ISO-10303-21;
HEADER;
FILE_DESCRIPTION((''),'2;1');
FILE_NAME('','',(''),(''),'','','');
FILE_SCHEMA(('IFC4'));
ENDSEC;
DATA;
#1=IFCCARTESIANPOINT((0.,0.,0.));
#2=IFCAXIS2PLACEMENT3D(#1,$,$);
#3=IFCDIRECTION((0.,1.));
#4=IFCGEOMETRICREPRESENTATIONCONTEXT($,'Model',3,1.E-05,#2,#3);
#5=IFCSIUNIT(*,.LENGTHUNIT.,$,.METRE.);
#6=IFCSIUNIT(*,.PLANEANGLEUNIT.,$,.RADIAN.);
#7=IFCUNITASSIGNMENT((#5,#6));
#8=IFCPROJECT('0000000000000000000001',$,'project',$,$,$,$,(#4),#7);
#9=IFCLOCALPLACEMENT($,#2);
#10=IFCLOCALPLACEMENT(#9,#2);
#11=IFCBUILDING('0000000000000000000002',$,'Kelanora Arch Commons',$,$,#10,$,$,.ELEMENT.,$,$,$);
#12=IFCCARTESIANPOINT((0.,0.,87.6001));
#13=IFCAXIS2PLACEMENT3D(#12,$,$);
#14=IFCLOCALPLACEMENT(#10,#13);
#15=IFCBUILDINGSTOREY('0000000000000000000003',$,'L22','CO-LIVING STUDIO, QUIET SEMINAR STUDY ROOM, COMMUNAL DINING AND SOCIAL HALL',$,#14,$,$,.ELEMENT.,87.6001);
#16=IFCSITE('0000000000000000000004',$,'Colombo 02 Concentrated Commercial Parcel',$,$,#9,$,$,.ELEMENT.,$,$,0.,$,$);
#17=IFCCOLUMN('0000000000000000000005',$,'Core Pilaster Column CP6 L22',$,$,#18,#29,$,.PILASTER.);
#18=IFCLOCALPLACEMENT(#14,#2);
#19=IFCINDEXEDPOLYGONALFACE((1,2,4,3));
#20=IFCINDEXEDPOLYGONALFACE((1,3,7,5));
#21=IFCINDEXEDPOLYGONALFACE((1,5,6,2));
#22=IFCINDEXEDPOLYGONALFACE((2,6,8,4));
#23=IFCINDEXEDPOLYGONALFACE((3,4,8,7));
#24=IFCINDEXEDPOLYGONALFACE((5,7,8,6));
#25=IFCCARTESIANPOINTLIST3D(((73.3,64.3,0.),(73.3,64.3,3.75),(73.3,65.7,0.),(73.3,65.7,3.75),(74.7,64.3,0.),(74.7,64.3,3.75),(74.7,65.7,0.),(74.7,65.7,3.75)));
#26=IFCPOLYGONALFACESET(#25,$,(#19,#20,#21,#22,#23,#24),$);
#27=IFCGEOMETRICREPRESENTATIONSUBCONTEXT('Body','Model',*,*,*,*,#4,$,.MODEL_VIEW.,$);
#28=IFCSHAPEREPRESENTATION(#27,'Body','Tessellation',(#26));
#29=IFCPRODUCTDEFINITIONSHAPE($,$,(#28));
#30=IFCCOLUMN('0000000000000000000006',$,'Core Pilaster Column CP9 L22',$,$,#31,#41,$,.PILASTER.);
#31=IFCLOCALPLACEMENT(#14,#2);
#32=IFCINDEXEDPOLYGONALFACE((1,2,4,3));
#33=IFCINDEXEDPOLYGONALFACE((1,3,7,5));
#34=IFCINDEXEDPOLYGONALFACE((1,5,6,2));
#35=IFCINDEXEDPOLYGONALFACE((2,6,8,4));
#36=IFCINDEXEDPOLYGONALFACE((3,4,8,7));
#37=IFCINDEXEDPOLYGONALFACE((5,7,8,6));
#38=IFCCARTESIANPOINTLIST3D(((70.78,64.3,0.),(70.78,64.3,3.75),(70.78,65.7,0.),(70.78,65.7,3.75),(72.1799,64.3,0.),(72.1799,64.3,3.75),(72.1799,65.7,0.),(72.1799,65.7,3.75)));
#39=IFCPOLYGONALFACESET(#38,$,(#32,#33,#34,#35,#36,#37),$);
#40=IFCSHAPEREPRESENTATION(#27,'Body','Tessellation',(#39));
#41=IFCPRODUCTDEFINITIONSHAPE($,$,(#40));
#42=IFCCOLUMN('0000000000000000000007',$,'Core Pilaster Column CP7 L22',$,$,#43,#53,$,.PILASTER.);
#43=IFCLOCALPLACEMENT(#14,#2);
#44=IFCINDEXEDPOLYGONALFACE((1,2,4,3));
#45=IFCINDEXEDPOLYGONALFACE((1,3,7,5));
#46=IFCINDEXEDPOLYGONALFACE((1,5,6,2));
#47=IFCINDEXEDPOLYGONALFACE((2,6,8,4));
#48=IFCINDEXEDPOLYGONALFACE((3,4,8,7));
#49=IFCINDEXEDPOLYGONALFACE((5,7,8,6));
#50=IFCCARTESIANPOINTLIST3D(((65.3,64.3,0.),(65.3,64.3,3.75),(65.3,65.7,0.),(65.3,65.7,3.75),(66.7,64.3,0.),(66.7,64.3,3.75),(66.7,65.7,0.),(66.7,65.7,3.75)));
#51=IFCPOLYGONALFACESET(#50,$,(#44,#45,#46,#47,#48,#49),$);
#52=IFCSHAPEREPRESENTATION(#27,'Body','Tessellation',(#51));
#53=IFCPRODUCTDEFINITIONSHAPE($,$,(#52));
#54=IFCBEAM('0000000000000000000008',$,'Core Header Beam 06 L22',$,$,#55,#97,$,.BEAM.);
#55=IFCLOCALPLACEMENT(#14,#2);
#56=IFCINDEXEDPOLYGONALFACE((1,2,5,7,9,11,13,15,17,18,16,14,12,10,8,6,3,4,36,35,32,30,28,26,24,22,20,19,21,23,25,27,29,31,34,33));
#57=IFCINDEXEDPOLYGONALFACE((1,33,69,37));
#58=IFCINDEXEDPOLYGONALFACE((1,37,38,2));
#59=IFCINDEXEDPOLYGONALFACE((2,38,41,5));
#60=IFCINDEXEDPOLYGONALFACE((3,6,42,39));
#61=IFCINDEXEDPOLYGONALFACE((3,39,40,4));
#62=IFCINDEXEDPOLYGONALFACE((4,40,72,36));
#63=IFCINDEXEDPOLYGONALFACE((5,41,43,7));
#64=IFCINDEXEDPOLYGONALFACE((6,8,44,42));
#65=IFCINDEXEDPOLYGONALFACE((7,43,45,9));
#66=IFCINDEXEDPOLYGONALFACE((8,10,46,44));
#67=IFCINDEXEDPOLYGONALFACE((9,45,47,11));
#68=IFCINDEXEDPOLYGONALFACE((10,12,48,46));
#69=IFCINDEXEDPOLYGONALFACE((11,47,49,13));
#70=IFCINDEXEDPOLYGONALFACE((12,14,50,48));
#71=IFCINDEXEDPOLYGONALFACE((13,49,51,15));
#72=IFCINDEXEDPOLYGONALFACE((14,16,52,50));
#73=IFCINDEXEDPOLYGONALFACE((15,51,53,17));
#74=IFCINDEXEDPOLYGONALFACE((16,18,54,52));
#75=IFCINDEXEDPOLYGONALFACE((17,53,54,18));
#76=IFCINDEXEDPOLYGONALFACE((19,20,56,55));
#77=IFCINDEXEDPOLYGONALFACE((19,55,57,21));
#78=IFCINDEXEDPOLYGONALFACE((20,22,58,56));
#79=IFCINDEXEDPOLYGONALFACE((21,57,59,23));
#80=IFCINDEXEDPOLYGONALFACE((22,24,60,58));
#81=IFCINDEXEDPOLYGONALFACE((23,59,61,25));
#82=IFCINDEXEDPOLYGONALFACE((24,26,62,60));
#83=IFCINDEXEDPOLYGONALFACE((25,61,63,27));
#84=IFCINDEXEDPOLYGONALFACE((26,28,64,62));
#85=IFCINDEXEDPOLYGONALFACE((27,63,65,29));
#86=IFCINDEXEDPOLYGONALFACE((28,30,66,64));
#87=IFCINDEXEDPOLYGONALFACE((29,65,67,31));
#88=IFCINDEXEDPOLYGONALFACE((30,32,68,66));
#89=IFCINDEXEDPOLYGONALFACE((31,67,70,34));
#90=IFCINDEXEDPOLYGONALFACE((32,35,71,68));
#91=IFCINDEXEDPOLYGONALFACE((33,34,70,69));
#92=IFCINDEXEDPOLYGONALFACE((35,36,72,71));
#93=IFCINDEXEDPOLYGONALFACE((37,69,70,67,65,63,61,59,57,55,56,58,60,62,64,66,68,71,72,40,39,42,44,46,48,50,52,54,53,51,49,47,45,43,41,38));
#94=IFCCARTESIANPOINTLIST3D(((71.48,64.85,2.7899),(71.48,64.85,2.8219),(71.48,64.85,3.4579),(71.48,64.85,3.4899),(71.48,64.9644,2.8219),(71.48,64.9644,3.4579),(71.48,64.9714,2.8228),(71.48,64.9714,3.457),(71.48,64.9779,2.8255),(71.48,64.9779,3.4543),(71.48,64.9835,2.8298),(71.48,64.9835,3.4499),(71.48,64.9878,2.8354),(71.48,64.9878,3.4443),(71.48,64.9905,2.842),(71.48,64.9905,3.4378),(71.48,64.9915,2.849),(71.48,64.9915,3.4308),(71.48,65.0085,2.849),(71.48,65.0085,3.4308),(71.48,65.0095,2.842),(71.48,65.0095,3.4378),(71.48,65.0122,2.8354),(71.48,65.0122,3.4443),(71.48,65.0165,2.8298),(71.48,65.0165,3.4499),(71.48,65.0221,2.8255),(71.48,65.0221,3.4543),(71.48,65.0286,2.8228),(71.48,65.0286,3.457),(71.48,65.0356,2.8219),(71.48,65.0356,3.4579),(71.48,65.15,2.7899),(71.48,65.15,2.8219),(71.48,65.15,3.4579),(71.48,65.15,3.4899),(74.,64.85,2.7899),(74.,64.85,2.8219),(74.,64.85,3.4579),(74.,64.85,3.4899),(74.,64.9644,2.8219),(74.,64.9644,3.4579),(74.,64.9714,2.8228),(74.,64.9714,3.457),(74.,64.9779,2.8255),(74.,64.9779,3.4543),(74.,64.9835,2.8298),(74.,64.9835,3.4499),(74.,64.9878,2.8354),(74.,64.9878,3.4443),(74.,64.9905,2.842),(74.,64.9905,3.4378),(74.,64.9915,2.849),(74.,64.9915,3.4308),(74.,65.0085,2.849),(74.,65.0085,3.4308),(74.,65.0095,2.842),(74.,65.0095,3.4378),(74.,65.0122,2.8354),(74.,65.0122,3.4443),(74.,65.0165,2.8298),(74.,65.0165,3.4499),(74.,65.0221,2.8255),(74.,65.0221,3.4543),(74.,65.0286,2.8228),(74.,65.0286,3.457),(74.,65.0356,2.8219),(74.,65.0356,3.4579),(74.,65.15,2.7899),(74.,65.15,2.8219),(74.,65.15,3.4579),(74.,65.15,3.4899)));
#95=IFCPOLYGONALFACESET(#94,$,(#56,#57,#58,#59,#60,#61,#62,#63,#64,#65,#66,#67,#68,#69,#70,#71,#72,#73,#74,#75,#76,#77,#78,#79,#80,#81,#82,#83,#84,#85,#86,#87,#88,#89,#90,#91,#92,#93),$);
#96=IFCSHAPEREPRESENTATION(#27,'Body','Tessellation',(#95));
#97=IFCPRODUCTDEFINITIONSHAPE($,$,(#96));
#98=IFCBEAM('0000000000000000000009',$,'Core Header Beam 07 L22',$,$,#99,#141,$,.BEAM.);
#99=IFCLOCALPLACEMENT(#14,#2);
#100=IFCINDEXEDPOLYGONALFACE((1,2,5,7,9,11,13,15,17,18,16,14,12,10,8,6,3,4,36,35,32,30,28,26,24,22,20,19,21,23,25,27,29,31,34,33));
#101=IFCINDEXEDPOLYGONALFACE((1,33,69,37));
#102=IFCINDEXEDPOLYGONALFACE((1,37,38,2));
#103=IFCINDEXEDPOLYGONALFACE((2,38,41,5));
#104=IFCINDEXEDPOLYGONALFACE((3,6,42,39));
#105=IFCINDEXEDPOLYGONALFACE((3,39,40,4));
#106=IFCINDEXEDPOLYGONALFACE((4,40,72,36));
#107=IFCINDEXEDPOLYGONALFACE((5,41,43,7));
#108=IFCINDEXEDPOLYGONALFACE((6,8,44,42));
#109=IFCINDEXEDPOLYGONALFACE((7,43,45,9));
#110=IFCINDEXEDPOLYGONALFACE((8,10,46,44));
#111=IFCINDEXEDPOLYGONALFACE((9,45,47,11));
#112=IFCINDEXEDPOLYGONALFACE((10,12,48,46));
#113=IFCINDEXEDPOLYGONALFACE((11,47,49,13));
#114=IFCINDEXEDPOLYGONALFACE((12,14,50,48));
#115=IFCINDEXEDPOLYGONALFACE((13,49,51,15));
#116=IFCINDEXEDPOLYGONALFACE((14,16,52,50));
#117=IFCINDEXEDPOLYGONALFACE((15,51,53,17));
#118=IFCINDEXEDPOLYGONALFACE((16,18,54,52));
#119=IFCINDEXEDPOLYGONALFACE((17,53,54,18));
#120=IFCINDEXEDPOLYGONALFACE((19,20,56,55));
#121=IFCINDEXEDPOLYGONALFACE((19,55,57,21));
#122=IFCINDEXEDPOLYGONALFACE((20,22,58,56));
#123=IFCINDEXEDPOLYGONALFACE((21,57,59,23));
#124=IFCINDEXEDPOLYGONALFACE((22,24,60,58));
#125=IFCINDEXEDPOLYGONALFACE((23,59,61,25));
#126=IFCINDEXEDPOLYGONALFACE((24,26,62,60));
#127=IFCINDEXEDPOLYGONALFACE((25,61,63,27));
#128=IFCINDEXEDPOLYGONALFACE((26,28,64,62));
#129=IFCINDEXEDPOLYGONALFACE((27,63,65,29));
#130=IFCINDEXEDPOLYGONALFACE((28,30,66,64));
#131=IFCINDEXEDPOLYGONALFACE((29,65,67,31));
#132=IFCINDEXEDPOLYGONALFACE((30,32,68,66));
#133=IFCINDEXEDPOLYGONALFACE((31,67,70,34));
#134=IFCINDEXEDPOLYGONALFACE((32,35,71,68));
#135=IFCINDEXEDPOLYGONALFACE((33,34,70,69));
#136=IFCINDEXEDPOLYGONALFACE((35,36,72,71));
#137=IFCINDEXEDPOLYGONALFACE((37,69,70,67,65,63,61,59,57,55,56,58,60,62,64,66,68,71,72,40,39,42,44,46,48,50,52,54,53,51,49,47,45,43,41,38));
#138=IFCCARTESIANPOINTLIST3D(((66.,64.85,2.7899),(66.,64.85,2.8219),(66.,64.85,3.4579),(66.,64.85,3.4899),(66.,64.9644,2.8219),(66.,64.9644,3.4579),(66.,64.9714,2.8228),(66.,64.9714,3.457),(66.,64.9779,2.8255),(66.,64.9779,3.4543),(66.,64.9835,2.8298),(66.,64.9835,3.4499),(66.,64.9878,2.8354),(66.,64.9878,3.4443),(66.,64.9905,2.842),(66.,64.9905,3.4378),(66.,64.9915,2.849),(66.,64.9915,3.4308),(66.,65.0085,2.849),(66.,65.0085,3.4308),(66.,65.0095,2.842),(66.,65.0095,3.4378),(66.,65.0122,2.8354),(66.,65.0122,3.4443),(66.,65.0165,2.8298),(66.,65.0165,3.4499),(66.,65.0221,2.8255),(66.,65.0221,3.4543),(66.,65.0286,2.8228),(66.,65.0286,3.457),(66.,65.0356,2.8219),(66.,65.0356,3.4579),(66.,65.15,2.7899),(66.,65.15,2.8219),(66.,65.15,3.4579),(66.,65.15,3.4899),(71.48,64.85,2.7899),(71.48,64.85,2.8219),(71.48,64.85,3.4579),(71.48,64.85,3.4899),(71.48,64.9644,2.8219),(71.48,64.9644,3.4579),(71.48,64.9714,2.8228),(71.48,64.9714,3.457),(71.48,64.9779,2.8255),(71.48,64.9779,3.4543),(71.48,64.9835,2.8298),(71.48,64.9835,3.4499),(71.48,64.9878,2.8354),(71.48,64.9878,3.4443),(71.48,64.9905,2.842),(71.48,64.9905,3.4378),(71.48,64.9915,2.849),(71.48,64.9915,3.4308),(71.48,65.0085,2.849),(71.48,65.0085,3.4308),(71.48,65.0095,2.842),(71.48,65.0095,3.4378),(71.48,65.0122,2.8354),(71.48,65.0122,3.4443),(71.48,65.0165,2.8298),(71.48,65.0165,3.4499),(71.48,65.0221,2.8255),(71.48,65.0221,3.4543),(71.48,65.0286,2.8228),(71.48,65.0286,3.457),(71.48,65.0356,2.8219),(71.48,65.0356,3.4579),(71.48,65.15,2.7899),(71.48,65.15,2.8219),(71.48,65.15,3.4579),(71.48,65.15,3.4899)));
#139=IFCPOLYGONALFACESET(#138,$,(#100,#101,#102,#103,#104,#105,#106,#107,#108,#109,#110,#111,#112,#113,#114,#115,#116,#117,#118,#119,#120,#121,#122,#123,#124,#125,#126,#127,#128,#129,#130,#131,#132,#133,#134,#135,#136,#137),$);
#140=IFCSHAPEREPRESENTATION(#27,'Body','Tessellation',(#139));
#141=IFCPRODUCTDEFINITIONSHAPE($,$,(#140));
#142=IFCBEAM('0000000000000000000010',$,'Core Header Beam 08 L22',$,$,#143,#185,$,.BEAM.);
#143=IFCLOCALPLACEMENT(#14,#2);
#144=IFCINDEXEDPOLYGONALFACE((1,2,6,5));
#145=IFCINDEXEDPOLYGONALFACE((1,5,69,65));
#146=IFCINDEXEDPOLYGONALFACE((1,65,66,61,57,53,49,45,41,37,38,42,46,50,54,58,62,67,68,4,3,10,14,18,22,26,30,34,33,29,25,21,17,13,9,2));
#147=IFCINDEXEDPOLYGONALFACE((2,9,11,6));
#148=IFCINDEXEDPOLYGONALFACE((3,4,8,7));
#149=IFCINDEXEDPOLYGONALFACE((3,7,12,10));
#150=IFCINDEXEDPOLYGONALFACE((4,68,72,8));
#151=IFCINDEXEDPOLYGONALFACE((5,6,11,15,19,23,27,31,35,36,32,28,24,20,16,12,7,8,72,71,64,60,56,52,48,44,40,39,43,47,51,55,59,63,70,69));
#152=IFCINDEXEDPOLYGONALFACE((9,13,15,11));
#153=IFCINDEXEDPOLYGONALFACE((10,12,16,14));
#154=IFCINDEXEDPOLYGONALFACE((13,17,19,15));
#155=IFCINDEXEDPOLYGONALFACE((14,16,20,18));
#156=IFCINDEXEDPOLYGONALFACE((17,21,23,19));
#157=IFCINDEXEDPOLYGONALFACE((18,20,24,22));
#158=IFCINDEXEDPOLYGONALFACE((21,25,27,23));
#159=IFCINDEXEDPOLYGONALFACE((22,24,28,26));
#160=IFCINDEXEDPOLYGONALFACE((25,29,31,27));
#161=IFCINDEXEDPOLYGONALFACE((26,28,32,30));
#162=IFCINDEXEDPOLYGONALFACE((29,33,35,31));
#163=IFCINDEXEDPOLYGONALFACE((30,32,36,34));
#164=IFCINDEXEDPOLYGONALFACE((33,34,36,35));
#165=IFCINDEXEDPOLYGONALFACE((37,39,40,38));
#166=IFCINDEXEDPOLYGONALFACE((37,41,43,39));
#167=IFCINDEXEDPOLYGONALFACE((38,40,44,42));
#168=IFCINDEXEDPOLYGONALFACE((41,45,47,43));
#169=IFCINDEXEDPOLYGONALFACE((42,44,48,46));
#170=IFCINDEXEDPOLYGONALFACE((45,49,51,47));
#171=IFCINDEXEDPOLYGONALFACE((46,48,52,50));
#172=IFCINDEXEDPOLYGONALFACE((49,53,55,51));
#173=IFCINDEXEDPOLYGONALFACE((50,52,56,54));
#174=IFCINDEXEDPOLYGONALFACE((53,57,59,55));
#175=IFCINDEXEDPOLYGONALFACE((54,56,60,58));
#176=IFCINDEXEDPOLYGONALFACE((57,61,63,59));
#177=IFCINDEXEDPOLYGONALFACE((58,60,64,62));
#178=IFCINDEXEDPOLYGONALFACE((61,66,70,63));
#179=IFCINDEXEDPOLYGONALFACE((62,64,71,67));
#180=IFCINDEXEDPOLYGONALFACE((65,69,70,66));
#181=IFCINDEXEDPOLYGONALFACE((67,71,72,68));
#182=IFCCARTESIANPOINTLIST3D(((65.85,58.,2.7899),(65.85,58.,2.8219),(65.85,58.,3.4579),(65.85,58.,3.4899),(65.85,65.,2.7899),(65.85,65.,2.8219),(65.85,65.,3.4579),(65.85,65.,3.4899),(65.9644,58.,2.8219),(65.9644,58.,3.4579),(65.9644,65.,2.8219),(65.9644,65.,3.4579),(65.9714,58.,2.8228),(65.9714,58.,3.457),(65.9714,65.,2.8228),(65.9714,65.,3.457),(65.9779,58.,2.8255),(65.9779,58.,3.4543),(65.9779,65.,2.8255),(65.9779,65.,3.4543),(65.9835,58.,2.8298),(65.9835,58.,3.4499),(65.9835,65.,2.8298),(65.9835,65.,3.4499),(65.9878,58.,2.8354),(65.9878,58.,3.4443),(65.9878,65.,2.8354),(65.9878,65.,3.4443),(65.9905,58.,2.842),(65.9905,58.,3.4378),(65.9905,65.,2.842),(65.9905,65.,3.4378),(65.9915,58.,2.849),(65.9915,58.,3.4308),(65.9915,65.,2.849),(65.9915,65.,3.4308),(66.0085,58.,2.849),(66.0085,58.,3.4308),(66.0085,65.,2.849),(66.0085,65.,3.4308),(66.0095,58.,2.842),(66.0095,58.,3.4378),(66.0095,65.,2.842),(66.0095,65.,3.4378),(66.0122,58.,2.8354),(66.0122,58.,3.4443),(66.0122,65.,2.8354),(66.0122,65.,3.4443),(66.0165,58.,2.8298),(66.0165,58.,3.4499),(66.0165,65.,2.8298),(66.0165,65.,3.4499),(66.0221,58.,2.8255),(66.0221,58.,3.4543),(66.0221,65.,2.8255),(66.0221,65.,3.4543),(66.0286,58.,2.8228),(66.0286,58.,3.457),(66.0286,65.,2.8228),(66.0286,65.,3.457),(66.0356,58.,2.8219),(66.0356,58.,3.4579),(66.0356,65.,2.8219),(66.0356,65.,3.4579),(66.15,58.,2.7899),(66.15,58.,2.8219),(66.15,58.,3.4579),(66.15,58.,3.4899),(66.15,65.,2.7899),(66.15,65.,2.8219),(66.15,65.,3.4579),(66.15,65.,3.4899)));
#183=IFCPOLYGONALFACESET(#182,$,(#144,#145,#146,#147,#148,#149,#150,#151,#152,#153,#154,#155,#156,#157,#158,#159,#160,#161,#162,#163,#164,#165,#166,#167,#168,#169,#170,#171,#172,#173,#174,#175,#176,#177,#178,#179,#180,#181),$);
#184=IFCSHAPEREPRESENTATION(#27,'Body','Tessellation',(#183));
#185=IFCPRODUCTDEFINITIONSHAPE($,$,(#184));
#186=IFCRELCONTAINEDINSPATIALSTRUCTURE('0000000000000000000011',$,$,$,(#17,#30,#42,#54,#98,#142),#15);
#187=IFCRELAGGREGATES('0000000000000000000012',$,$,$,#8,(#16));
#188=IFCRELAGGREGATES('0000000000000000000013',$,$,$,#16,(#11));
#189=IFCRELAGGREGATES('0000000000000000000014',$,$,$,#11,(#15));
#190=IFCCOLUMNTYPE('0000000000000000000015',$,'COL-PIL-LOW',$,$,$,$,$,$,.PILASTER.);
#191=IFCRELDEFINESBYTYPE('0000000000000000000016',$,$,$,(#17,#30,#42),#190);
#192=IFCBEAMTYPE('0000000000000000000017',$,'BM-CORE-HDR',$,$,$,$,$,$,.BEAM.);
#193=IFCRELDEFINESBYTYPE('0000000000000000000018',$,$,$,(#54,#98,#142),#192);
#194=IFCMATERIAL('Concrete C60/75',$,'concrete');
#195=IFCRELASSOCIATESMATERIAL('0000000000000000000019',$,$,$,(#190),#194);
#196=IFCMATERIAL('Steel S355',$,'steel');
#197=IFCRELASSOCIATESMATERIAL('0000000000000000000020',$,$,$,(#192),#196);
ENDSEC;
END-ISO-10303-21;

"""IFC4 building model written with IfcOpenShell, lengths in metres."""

from ifc_helpers import new_model, si_unit, direction, frame, origin, origin_2d, place, context, subcontext, project, spatial, rectangle, i_section, extrude, material, material_profile, profile_set, type_object, element, save


model = new_model("IFC4")

# Units and contexts
model_context = context("Model", 3, precision=1e-05, world=origin(), true_north=direction((0.0, 1.0)))
body_context = subcontext(model_context, "Body", "Model", "MODEL_VIEW")
ifc_project = project(units=[si_unit("LENGTHUNIT", "METRE"), si_unit("PLANEANGLEUNIT", "RADIAN")], contexts=[model_context])

# Site, building, storey
site_placement = place(None, origin())
site = spatial("IfcSite", under=ifc_project, at=site_placement, Name="Colombo 02 Concentrated Commercial Parcel", CompositionType="ELEMENT", RefElevation=0.0)
building_placement = place(site_placement, origin())
building = spatial("IfcBuilding", under=site, at=building_placement, Name="Kelanora Arch Commons", CompositionType="ELEMENT")
storey_placement = place(building_placement, frame((0.0, 0.0, 87.6001)))
storey = spatial("IfcBuildingStorey", under=building, at=storey_placement, Name="L22", Description="CO-LIVING STUDIO, QUIET SEMINAR STUDY ROOM, COMMUNAL DINING AND SOCIAL HALL", CompositionType="ELEMENT", Elevation=87.6001)

# Columns
ifc_material_1 = material(Name="Concrete C60/75", Category="concrete")
ifc_material_profile_1 = material_profile(ifc_material_1, rectangle(XDim=1.3999, YDim=1.3999, at=origin_2d()), Name="RC1400x1400")
ifc_profile_set_1 = profile_set([ifc_material_profile_1], Name="Concrete C60/75")
column_type = type_object("IfcColumnType", Name="COL-PIL-LOW", PredefinedType="PILASTER", material=ifc_profile_set_1)
for number, where, z_axis, x_axis, name in (
    (1, (74.0, 65.0, 0.0), (0.0, 0.0, 1.0), (1.0, 0.0, 0.0), "Core Pilaster Column CP6 L22"),
    (2, (71.48, 65.0, 0.0), (0.0, 0.0, 1.0), (1.0, 0.0, 0.0), "Core Pilaster Column CP9 L22"),
    (3, (66.0, 65.0, 0.0), (0.0, 0.0, 1.0), (1.0, 0.0, 0.0), "Core Pilaster Column CP7 L22"),
):
    element("IfcColumn", number, at=place(storey_placement, frame(where, z_axis=z_axis, x_axis=x_axis)), inside=storey, type_object=column_type, Name=name, PredefinedType="PILASTER", context=body_context, shape_type="SweptSolid", body=[
        extrude(rectangle(XDim=1.3999, YDim=1.3999, at=origin_2d()), origin(), (0.0, 0.0, 1.0), 3.75),
    ])

# Beams
ifc_material_2 = material(Name="Steel S355", Category="steel")
ifc_material_profile_2 = material_profile(ifc_material_2, i_section(OverallWidth=0.3, OverallDepth=0.7, WebThickness=0.0171, FlangeThickness=0.032, FilletRadius=0.0271, at=origin_2d()), Name="HEB700")
ifc_profile_set_2 = profile_set([ifc_material_profile_2], Name="Steel S355")
beam_type_1 = type_object("IfcBeamType", Name="BM-CORE-HDR", PredefinedType="BEAM", material=ifc_profile_set_2)
beam_1_placement = place(storey_placement, frame((74.0, 65.0, 3.1399), z_axis=(-1.0, 0.0, 0.0), x_axis=(0.0, -1.0, 0.0)))
element("IfcBeam", 4, at=beam_1_placement, inside=storey, type_object=beam_type_1, Name="Core Header Beam 06 L22", PredefinedType="BEAM", context=body_context, shape_type="SweptSolid", body=[
    extrude(i_section(OverallWidth=0.3, OverallDepth=0.7, WebThickness=0.0171, FlangeThickness=0.032, FilletRadius=0.0271, at=origin_2d()), origin(), (0.0, 0.0, 1.0), 2.52),
])
beam_2_placement = place(storey_placement, frame((71.48, 65.0, 3.1399), z_axis=(-1.0, 0.0, 0.0), x_axis=(0.0, -1.0, 0.0)))
element("IfcBeam", 5, at=beam_2_placement, inside=storey, type_object=beam_type_1, Name="Core Header Beam 07 L22", PredefinedType="BEAM", context=body_context, shape_type="SweptSolid", body=[
    extrude(i_section(OverallWidth=0.3, OverallDepth=0.7, WebThickness=0.0171, FlangeThickness=0.032, FilletRadius=0.0271, at=origin_2d()), origin(), (0.0, 0.0, 1.0), 5.48),
])
beam_3_placement = place(storey_placement, frame((66.0, 65.0, 3.1399), z_axis=(0.0, -1.0, 0.0), x_axis=(1.0, 0.0, 0.0)))
element("IfcBeam", 6, at=beam_3_placement, inside=storey, type_object=beam_type_1, Name="Core Header Beam 08 L22", PredefinedType="BEAM", context=body_context, shape_type="SweptSolid", body=[
    extrude(i_section(OverallWidth=0.3, OverallDepth=0.7, WebThickness=0.0171, FlangeThickness=0.032, FilletRadius=0.0271, at=origin_2d()), origin(), (0.0, 0.0, 1.0), 7.0),
])

save(model, "model.ifc")
